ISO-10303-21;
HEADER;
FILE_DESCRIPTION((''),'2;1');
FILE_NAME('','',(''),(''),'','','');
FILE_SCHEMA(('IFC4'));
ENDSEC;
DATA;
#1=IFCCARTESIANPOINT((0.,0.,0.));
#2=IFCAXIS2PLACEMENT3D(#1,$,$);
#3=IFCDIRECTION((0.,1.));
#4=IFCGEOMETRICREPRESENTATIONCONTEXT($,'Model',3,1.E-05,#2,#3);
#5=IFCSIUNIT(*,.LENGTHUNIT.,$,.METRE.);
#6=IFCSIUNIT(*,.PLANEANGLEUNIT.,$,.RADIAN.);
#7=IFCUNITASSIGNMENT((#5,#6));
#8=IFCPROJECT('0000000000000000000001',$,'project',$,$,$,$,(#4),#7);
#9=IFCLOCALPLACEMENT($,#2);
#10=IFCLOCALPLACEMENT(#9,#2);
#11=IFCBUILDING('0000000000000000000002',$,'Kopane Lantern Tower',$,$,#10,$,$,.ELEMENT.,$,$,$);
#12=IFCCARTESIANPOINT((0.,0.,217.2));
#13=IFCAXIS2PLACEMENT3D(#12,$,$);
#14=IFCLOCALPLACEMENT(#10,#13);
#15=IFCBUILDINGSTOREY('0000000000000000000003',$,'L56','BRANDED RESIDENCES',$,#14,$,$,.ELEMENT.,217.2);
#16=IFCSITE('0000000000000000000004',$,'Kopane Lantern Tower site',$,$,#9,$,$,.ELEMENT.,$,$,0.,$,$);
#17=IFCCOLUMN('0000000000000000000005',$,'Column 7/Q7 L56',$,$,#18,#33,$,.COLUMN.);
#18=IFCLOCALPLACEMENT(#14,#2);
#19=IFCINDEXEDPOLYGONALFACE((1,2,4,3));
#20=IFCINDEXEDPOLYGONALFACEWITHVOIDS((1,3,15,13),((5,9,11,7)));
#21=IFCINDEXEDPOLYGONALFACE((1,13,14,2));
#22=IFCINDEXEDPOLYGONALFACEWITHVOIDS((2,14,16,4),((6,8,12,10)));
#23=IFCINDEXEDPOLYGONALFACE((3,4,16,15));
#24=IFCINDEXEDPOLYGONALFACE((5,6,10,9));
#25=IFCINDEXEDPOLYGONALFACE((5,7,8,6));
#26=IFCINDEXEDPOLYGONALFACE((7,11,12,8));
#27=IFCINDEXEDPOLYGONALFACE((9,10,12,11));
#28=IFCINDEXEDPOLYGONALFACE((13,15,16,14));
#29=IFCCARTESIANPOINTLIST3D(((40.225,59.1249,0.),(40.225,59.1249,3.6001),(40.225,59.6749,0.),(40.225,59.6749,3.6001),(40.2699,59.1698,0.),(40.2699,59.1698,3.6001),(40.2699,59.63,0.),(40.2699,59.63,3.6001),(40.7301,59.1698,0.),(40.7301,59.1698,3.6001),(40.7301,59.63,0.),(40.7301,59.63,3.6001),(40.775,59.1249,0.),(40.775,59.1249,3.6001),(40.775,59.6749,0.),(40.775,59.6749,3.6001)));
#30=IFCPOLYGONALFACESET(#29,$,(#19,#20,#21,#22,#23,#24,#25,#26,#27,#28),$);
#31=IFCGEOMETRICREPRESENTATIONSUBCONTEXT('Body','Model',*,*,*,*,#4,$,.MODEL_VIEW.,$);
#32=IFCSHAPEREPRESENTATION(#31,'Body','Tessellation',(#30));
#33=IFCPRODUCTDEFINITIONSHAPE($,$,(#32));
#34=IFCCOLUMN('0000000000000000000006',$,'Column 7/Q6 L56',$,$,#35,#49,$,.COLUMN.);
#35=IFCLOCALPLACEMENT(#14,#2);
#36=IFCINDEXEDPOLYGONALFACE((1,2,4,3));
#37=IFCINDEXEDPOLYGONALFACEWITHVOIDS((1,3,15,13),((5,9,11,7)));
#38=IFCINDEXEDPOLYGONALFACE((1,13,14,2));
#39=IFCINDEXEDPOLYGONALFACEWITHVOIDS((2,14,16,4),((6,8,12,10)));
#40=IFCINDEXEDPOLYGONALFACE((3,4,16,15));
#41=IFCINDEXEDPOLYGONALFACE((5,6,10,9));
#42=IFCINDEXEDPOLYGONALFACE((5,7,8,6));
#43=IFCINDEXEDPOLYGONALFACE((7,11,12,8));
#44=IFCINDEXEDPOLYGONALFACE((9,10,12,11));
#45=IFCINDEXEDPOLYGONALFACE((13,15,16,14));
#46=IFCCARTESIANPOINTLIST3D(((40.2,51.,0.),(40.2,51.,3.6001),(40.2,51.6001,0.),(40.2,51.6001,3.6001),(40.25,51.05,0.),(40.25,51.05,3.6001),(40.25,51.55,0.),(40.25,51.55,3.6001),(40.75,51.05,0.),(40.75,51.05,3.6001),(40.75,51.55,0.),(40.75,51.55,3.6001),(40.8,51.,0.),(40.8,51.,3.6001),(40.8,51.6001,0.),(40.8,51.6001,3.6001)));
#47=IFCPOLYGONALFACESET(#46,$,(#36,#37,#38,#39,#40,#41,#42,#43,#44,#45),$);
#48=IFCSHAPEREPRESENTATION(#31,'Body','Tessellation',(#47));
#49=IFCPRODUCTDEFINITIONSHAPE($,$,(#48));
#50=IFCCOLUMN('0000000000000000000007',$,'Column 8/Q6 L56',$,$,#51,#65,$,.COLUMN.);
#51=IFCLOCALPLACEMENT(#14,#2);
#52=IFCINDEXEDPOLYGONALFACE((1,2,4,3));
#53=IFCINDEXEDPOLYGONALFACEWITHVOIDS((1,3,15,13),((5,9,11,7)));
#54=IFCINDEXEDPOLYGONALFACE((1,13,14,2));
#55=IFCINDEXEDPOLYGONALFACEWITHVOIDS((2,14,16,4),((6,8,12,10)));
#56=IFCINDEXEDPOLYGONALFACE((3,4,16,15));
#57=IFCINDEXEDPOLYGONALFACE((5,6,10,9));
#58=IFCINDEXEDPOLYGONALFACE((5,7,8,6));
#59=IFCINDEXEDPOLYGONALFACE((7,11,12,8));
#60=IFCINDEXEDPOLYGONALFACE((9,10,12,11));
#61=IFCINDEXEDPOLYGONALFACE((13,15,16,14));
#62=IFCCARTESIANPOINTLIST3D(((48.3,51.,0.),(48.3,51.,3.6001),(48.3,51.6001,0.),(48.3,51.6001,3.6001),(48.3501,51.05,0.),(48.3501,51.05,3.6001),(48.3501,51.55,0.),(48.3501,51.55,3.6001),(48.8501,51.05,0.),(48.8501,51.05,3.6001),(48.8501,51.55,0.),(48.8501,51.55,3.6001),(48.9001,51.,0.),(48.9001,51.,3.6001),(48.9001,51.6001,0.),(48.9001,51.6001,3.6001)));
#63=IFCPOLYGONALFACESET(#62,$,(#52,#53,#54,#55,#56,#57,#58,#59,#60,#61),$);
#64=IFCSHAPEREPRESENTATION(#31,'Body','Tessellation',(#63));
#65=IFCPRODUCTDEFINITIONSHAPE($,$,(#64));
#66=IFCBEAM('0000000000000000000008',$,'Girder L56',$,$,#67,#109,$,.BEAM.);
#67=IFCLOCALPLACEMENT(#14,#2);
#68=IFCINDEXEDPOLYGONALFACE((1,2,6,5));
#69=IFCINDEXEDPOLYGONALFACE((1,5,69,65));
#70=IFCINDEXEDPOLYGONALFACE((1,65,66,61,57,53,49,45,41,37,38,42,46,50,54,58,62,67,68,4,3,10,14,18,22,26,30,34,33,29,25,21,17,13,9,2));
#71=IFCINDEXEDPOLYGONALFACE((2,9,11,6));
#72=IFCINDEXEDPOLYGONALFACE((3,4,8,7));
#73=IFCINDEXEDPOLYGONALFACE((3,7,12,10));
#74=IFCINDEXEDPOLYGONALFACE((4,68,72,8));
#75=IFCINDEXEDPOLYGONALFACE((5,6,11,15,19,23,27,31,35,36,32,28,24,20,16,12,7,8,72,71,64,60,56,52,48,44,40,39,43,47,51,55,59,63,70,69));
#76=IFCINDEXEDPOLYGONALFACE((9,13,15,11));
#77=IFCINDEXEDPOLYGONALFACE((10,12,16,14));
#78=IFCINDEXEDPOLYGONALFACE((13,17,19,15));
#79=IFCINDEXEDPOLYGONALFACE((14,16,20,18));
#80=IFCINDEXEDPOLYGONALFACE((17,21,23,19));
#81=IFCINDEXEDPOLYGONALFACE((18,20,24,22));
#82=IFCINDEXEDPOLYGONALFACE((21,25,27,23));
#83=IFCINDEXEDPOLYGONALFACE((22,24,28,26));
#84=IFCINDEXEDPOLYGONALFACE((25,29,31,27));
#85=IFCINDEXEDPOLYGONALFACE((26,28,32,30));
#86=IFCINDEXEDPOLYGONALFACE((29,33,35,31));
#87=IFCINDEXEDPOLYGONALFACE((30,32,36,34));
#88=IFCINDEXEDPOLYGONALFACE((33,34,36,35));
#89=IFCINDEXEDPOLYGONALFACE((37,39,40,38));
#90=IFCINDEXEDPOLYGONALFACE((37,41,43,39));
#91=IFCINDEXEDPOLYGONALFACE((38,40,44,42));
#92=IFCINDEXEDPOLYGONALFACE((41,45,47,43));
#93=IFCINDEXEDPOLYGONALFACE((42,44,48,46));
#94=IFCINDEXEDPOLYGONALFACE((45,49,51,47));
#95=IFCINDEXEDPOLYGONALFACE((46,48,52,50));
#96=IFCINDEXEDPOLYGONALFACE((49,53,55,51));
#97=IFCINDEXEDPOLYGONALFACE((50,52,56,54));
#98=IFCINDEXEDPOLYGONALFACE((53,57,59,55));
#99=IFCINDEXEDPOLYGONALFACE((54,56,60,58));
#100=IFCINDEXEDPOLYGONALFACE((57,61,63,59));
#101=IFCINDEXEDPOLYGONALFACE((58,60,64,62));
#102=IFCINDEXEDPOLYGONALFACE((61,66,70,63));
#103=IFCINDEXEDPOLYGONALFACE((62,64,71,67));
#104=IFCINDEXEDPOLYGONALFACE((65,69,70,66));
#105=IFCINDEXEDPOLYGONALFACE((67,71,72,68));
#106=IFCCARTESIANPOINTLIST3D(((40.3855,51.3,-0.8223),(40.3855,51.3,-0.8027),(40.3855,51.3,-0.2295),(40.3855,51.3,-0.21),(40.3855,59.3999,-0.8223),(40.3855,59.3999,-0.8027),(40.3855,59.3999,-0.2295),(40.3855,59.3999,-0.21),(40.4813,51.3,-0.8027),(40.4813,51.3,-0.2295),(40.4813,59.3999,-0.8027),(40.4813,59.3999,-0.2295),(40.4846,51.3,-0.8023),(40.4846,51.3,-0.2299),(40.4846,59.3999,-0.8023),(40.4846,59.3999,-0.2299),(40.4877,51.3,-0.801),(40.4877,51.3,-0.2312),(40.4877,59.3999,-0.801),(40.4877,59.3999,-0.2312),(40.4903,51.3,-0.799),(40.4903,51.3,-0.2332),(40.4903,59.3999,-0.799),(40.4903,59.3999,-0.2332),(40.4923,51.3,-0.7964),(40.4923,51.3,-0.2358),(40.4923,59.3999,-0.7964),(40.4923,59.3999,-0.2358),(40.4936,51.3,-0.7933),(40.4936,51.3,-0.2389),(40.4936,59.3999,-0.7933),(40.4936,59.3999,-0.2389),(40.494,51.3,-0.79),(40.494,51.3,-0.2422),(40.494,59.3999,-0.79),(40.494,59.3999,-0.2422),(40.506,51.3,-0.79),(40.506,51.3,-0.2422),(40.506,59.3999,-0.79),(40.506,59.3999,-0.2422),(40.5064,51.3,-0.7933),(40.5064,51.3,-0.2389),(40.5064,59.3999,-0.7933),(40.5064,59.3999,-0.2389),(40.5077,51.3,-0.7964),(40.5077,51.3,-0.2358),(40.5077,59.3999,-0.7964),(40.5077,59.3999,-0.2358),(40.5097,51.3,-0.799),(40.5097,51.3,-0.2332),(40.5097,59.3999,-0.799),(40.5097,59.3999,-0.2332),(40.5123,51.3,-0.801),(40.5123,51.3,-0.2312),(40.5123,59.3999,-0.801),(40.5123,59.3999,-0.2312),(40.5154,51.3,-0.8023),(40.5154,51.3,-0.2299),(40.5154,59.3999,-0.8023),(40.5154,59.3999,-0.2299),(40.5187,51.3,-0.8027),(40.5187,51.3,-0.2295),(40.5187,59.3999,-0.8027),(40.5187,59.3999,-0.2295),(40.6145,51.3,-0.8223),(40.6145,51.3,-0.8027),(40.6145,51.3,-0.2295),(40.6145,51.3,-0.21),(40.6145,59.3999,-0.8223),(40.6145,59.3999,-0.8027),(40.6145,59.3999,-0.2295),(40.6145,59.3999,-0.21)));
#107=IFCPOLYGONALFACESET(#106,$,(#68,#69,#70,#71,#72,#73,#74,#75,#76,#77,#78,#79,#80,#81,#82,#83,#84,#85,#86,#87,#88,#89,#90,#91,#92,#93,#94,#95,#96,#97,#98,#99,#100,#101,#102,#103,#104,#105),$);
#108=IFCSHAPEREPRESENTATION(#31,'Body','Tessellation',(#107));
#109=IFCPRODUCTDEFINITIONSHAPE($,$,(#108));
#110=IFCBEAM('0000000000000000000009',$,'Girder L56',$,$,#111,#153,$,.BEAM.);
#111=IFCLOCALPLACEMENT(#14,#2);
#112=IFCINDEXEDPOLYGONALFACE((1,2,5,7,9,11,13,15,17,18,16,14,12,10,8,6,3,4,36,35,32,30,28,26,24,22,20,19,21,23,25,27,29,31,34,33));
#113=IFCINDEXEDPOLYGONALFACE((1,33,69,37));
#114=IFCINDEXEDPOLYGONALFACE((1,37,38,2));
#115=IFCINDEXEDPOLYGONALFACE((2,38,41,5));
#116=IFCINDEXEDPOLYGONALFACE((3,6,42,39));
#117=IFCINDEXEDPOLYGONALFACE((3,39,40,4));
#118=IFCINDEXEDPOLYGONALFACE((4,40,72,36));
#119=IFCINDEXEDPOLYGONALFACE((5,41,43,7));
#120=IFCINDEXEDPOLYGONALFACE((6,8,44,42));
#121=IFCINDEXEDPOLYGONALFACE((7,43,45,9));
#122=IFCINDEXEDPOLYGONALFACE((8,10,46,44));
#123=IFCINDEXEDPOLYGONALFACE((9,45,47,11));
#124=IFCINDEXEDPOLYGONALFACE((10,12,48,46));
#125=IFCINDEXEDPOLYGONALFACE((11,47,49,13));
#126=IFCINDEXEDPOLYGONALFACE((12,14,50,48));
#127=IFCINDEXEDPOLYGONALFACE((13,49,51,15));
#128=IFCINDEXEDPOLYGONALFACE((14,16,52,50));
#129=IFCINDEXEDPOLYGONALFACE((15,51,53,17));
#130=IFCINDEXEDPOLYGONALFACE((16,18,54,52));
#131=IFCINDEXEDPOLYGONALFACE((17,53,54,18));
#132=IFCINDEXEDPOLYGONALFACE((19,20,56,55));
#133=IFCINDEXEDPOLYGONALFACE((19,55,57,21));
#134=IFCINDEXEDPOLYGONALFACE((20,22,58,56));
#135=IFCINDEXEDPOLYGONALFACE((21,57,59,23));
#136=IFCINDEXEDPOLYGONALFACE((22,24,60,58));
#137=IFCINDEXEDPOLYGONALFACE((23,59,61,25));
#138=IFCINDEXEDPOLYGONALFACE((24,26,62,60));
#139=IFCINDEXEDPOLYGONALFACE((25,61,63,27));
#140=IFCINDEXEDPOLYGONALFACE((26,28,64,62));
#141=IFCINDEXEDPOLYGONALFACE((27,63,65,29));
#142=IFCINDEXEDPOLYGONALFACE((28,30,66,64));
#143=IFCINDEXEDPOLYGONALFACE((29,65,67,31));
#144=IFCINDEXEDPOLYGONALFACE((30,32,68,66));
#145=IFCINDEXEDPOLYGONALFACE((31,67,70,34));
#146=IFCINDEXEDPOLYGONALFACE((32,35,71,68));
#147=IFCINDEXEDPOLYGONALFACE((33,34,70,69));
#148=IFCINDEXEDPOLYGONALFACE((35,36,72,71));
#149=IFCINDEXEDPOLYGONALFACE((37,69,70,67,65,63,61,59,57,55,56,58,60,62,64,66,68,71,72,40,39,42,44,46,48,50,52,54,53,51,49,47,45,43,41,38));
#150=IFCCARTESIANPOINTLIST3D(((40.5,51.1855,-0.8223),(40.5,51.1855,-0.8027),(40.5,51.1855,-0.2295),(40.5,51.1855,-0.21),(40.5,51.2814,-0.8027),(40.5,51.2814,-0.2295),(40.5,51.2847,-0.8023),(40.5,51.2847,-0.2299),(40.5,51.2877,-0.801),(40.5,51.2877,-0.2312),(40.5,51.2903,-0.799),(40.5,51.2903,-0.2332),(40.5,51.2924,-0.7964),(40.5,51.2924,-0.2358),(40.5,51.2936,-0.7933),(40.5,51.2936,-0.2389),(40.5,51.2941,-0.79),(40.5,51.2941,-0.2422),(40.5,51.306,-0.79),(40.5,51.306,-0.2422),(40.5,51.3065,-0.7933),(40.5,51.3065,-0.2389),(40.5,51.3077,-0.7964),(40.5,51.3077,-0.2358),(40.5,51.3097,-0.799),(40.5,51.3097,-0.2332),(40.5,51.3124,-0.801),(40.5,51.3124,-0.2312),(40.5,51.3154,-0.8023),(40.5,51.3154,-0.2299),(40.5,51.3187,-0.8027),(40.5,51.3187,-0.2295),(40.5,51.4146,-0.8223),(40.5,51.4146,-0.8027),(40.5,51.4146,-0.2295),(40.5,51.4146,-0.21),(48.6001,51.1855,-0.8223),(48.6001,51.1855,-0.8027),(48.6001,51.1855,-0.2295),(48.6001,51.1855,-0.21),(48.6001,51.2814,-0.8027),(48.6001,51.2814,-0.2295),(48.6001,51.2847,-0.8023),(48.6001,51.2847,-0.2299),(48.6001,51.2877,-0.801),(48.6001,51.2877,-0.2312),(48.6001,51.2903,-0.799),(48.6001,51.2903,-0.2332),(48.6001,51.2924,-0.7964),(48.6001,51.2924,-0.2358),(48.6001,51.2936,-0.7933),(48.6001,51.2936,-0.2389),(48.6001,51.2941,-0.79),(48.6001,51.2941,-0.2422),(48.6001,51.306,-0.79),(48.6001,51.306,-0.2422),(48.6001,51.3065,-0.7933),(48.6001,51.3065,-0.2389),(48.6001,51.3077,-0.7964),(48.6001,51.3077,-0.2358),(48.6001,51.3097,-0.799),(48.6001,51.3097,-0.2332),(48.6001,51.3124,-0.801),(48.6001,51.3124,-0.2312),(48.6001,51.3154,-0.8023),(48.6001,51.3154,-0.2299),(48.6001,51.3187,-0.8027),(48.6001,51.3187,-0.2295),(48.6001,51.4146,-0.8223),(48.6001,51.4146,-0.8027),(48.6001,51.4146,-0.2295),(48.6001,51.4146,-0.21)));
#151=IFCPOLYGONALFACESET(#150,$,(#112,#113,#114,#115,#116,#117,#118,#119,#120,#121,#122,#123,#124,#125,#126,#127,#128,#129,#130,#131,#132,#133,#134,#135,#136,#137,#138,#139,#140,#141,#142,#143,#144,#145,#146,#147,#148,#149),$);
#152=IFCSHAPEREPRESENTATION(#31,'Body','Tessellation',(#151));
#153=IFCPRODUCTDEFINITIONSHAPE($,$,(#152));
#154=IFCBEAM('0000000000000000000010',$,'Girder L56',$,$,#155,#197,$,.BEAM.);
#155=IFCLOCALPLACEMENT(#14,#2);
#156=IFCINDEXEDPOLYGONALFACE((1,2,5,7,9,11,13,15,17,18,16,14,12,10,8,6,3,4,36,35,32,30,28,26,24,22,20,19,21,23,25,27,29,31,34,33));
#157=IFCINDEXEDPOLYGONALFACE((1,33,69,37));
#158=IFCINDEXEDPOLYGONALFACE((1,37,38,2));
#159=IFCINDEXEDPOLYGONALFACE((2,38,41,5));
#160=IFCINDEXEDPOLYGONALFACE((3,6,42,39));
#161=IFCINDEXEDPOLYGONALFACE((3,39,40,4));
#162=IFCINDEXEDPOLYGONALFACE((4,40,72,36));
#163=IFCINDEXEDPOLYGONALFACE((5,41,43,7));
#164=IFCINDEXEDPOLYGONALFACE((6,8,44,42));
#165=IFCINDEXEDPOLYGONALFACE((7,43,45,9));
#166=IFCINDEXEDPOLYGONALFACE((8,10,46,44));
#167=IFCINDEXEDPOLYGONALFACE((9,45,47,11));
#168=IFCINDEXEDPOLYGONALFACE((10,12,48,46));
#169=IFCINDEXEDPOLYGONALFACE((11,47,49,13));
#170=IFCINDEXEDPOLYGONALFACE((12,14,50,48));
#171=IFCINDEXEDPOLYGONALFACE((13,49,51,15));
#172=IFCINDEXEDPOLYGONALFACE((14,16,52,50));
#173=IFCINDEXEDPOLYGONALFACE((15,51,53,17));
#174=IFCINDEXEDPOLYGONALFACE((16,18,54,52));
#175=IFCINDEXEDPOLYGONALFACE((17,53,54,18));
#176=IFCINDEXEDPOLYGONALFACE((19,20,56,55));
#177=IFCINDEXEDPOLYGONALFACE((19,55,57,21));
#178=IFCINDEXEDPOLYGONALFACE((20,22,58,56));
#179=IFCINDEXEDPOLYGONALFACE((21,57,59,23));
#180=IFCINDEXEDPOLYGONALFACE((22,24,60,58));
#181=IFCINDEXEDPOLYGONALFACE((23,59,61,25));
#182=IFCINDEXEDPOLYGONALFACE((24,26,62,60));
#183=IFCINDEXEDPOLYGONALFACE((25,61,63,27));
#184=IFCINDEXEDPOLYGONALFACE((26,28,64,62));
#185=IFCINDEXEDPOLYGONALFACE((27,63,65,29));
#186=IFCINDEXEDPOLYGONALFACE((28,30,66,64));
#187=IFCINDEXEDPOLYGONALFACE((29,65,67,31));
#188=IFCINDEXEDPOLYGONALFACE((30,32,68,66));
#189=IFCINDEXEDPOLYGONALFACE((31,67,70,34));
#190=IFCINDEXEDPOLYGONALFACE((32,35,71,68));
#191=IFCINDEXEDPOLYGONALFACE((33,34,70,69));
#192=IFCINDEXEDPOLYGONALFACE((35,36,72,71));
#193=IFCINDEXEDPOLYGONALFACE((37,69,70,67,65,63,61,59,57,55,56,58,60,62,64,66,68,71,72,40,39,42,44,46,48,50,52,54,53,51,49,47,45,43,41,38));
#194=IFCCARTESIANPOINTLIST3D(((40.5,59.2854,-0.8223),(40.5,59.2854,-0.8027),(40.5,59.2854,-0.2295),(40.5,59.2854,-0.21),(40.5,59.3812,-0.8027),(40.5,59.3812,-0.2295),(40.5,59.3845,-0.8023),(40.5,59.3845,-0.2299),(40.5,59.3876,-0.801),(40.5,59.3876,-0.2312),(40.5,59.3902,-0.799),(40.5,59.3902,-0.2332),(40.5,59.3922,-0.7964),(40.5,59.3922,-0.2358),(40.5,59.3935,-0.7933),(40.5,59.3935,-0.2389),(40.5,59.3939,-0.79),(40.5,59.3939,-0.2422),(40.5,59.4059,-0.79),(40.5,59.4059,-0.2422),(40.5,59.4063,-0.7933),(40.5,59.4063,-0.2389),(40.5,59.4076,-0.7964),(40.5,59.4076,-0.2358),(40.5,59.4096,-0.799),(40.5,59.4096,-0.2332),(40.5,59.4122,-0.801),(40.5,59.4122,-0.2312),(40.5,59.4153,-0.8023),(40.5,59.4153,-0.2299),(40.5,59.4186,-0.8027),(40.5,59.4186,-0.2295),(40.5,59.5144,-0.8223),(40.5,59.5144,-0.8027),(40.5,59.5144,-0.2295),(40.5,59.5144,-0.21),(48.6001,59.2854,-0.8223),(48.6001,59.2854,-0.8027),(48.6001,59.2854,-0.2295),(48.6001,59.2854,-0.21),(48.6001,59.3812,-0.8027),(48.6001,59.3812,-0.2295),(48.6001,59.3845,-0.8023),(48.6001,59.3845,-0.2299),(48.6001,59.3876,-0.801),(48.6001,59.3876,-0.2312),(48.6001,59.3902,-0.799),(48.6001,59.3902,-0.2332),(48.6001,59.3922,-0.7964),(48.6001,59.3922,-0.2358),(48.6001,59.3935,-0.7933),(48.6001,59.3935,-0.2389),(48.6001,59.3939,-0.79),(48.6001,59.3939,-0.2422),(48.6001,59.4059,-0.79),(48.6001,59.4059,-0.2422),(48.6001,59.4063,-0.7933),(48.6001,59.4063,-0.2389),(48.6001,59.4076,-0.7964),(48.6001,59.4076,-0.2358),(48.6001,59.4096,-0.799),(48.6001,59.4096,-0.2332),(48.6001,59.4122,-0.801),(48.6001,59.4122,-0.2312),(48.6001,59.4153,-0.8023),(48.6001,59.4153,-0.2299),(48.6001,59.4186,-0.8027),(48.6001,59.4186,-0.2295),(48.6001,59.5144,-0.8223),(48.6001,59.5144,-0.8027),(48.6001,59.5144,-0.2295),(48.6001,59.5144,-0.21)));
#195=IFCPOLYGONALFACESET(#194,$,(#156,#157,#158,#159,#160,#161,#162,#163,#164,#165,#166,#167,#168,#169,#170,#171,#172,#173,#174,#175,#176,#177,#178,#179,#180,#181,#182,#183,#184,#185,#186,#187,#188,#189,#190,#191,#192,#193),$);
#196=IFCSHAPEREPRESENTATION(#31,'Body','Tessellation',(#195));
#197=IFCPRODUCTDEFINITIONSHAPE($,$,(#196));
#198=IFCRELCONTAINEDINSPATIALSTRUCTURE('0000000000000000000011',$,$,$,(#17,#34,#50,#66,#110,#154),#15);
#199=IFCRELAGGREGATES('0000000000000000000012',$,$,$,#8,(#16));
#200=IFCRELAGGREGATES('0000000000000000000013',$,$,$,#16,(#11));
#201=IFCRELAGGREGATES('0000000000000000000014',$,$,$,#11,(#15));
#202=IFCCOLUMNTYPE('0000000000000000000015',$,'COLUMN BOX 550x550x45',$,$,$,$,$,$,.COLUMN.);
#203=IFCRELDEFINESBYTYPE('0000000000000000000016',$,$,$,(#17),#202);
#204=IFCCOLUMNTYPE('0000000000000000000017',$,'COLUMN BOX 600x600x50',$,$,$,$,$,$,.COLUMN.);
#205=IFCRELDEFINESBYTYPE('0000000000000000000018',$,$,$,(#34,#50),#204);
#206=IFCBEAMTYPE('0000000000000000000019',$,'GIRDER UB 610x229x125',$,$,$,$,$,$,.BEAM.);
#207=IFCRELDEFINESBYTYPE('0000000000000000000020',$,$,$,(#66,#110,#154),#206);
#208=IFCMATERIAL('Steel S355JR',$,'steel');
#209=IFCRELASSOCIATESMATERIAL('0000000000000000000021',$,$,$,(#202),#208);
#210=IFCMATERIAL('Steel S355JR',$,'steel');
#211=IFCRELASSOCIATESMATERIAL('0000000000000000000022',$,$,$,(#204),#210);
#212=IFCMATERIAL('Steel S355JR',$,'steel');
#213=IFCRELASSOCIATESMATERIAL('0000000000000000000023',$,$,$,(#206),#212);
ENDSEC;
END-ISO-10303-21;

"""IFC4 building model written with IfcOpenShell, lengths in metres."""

from ifc_helpers import new_model, si_unit, direction, frame, origin, origin_2d, place, context, subcontext, project, spatial, hollow_rectangle, i_section, extrude, material, material_profile, profile_set, type_object, element, save


model = new_model("IFC4")

# Units and contexts
model_context = context("Model", 3, precision=1e-05, world=origin(), true_north=direction((0.0, 1.0)))
body_context = subcontext(model_context, "Body", "Model", "MODEL_VIEW")
ifc_project = project(units=[si_unit("LENGTHUNIT", "METRE"), si_unit("PLANEANGLEUNIT", "RADIAN")], contexts=[model_context])

# Site, building, storey
site_placement = place(None, origin())
site = spatial("IfcSite", under=ifc_project, at=site_placement, Name="Kopane Lantern Tower site", CompositionType="ELEMENT", RefElevation=0.0)
building_placement = place(site_placement, origin())
building = spatial("IfcBuilding", under=site, at=building_placement, Name="Kopane Lantern Tower", CompositionType="ELEMENT")
storey_placement = place(building_placement, frame((0.0, 0.0, 217.2)))
storey = spatial("IfcBuildingStorey", under=building, at=storey_placement, Name="L56", Description="BRANDED RESIDENCES", CompositionType="ELEMENT", Elevation=217.2)

# Columns
ifc_material_1 = material(Name="Steel S355JR", Category="steel")
ifc_material_profile_1 = material_profile(ifc_material_1, hollow_rectangle(XDim=0.55, YDim=0.55, WallThickness=0.0449, at=origin_2d()), Name="BOX 550x550x45")
ifc_profile_set_1 = profile_set([ifc_material_profile_1], Name="Steel S355JR")
column_type_1 = type_object("IfcColumnType", Name="COLUMN BOX 550x550x45", PredefinedType="COLUMN", material=ifc_profile_set_1)
column_placement = place(storey_placement, frame((40.5, 59.3999, 0.0), z_axis=(0.0, 0.0, 1.0), x_axis=(1.0, 0.0, 0.0)))
element("IfcColumn", 1, at=column_placement, inside=storey, type_object=column_type_1, Name="Column 7/Q7 L56", PredefinedType="COLUMN", context=body_context, shape_type="SweptSolid", body=[
    extrude(hollow_rectangle(XDim=0.55, YDim=0.55, WallThickness=0.0449, at=origin_2d()), origin(), (0.0, 0.0, 1.0), 3.6001),
])
ifc_material_2 = material(Name="Steel S355JR", Category="steel")
ifc_material_profile_2 = material_profile(ifc_material_2, hollow_rectangle(XDim=0.6001, YDim=0.6001, WallThickness=0.05, at=origin_2d()), Name="BOX 600x600x50")
ifc_profile_set_2 = profile_set([ifc_material_profile_2], Name="Steel S355JR")
column_type_2 = type_object("IfcColumnType", Name="COLUMN BOX 600x600x50", PredefinedType="COLUMN", material=ifc_profile_set_2)
for number, where, z_axis, x_axis, name in (
    (2, (40.5, 51.3, 0.0), (0.0, 0.0, 1.0), (1.0, 0.0, 0.0), "Column 7/Q6 L56"),
    (3, (48.6001, 51.3, 0.0), (0.0, 0.0, 1.0), (1.0, 0.0, 0.0), "Column 8/Q6 L56"),
):
    element("IfcColumn", number, at=place(storey_placement, frame(where, z_axis=z_axis, x_axis=x_axis)), inside=storey, type_object=column_type_2, Name=name, PredefinedType="COLUMN", context=body_context, shape_type="SweptSolid", body=[
        extrude(hollow_rectangle(XDim=0.6001, YDim=0.6001, WallThickness=0.05, at=origin_2d()), origin(), (0.0, 0.0, 1.0), 3.6001),
    ])

# Beams
ifc_material_3 = material(Name="Steel S355JR", Category="steel")
ifc_material_profile_3 = material_profile(ifc_material_3, i_section(OverallWidth=0.229, OverallDepth=0.6123, WebThickness=0.012, FlangeThickness=0.0195, FilletRadius=0.0127, at=origin_2d()), Name="UB 610x229x125")
ifc_profile_set_3 = profile_set([ifc_material_profile_3], Name="Steel S355JR")
beam_type = type_object("IfcBeamType", Name="GIRDER UB 610x229x125", PredefinedType="BEAM", material=ifc_profile_set_3)
beam_placement = place(storey_placement, frame((40.5, 51.3, -0.5161), z_axis=(0.0, 1.0, 0.0), x_axis=(-1.0, 0.0, 0.0)))
element("IfcBeam", 4, at=beam_placement, inside=storey, type_object=beam_type, Name="Girder L56", PredefinedType="BEAM", context=body_context, shape_type="SweptSolid", body=[
    extrude(i_section(OverallWidth=0.229, OverallDepth=0.6123, WebThickness=0.012, FlangeThickness=0.0195, FilletRadius=0.0127, at=origin_2d()), origin(), (0.0, 0.0, 1.0), 8.0999),
])
for number, where, z_axis, x_axis, name in (
    (5, (40.5, 51.3, -0.5161), (1.0, 0.0, 0.0), (0.0, 1.0, 0.0), "Girder L56"),
    (6, (40.5, 59.3999, -0.5161), (1.0, 0.0, 0.0), (0.0, 1.0, 0.0), "Girder L56"),
):
    element("IfcBeam", number, at=place(storey_placement, frame(where, z_axis=z_axis, x_axis=x_axis)), inside=storey, type_object=beam_type, Name=name, PredefinedType="BEAM", context=body_context, shape_type="SweptSolid", body=[
        extrude(i_section(OverallWidth=0.229, OverallDepth=0.6123, WebThickness=0.012, FlangeThickness=0.0195, FilletRadius=0.0127, at=origin_2d()), origin(), (0.0, 0.0, 1.0), 8.1001),
    ])

save(model, "model.ifc")
